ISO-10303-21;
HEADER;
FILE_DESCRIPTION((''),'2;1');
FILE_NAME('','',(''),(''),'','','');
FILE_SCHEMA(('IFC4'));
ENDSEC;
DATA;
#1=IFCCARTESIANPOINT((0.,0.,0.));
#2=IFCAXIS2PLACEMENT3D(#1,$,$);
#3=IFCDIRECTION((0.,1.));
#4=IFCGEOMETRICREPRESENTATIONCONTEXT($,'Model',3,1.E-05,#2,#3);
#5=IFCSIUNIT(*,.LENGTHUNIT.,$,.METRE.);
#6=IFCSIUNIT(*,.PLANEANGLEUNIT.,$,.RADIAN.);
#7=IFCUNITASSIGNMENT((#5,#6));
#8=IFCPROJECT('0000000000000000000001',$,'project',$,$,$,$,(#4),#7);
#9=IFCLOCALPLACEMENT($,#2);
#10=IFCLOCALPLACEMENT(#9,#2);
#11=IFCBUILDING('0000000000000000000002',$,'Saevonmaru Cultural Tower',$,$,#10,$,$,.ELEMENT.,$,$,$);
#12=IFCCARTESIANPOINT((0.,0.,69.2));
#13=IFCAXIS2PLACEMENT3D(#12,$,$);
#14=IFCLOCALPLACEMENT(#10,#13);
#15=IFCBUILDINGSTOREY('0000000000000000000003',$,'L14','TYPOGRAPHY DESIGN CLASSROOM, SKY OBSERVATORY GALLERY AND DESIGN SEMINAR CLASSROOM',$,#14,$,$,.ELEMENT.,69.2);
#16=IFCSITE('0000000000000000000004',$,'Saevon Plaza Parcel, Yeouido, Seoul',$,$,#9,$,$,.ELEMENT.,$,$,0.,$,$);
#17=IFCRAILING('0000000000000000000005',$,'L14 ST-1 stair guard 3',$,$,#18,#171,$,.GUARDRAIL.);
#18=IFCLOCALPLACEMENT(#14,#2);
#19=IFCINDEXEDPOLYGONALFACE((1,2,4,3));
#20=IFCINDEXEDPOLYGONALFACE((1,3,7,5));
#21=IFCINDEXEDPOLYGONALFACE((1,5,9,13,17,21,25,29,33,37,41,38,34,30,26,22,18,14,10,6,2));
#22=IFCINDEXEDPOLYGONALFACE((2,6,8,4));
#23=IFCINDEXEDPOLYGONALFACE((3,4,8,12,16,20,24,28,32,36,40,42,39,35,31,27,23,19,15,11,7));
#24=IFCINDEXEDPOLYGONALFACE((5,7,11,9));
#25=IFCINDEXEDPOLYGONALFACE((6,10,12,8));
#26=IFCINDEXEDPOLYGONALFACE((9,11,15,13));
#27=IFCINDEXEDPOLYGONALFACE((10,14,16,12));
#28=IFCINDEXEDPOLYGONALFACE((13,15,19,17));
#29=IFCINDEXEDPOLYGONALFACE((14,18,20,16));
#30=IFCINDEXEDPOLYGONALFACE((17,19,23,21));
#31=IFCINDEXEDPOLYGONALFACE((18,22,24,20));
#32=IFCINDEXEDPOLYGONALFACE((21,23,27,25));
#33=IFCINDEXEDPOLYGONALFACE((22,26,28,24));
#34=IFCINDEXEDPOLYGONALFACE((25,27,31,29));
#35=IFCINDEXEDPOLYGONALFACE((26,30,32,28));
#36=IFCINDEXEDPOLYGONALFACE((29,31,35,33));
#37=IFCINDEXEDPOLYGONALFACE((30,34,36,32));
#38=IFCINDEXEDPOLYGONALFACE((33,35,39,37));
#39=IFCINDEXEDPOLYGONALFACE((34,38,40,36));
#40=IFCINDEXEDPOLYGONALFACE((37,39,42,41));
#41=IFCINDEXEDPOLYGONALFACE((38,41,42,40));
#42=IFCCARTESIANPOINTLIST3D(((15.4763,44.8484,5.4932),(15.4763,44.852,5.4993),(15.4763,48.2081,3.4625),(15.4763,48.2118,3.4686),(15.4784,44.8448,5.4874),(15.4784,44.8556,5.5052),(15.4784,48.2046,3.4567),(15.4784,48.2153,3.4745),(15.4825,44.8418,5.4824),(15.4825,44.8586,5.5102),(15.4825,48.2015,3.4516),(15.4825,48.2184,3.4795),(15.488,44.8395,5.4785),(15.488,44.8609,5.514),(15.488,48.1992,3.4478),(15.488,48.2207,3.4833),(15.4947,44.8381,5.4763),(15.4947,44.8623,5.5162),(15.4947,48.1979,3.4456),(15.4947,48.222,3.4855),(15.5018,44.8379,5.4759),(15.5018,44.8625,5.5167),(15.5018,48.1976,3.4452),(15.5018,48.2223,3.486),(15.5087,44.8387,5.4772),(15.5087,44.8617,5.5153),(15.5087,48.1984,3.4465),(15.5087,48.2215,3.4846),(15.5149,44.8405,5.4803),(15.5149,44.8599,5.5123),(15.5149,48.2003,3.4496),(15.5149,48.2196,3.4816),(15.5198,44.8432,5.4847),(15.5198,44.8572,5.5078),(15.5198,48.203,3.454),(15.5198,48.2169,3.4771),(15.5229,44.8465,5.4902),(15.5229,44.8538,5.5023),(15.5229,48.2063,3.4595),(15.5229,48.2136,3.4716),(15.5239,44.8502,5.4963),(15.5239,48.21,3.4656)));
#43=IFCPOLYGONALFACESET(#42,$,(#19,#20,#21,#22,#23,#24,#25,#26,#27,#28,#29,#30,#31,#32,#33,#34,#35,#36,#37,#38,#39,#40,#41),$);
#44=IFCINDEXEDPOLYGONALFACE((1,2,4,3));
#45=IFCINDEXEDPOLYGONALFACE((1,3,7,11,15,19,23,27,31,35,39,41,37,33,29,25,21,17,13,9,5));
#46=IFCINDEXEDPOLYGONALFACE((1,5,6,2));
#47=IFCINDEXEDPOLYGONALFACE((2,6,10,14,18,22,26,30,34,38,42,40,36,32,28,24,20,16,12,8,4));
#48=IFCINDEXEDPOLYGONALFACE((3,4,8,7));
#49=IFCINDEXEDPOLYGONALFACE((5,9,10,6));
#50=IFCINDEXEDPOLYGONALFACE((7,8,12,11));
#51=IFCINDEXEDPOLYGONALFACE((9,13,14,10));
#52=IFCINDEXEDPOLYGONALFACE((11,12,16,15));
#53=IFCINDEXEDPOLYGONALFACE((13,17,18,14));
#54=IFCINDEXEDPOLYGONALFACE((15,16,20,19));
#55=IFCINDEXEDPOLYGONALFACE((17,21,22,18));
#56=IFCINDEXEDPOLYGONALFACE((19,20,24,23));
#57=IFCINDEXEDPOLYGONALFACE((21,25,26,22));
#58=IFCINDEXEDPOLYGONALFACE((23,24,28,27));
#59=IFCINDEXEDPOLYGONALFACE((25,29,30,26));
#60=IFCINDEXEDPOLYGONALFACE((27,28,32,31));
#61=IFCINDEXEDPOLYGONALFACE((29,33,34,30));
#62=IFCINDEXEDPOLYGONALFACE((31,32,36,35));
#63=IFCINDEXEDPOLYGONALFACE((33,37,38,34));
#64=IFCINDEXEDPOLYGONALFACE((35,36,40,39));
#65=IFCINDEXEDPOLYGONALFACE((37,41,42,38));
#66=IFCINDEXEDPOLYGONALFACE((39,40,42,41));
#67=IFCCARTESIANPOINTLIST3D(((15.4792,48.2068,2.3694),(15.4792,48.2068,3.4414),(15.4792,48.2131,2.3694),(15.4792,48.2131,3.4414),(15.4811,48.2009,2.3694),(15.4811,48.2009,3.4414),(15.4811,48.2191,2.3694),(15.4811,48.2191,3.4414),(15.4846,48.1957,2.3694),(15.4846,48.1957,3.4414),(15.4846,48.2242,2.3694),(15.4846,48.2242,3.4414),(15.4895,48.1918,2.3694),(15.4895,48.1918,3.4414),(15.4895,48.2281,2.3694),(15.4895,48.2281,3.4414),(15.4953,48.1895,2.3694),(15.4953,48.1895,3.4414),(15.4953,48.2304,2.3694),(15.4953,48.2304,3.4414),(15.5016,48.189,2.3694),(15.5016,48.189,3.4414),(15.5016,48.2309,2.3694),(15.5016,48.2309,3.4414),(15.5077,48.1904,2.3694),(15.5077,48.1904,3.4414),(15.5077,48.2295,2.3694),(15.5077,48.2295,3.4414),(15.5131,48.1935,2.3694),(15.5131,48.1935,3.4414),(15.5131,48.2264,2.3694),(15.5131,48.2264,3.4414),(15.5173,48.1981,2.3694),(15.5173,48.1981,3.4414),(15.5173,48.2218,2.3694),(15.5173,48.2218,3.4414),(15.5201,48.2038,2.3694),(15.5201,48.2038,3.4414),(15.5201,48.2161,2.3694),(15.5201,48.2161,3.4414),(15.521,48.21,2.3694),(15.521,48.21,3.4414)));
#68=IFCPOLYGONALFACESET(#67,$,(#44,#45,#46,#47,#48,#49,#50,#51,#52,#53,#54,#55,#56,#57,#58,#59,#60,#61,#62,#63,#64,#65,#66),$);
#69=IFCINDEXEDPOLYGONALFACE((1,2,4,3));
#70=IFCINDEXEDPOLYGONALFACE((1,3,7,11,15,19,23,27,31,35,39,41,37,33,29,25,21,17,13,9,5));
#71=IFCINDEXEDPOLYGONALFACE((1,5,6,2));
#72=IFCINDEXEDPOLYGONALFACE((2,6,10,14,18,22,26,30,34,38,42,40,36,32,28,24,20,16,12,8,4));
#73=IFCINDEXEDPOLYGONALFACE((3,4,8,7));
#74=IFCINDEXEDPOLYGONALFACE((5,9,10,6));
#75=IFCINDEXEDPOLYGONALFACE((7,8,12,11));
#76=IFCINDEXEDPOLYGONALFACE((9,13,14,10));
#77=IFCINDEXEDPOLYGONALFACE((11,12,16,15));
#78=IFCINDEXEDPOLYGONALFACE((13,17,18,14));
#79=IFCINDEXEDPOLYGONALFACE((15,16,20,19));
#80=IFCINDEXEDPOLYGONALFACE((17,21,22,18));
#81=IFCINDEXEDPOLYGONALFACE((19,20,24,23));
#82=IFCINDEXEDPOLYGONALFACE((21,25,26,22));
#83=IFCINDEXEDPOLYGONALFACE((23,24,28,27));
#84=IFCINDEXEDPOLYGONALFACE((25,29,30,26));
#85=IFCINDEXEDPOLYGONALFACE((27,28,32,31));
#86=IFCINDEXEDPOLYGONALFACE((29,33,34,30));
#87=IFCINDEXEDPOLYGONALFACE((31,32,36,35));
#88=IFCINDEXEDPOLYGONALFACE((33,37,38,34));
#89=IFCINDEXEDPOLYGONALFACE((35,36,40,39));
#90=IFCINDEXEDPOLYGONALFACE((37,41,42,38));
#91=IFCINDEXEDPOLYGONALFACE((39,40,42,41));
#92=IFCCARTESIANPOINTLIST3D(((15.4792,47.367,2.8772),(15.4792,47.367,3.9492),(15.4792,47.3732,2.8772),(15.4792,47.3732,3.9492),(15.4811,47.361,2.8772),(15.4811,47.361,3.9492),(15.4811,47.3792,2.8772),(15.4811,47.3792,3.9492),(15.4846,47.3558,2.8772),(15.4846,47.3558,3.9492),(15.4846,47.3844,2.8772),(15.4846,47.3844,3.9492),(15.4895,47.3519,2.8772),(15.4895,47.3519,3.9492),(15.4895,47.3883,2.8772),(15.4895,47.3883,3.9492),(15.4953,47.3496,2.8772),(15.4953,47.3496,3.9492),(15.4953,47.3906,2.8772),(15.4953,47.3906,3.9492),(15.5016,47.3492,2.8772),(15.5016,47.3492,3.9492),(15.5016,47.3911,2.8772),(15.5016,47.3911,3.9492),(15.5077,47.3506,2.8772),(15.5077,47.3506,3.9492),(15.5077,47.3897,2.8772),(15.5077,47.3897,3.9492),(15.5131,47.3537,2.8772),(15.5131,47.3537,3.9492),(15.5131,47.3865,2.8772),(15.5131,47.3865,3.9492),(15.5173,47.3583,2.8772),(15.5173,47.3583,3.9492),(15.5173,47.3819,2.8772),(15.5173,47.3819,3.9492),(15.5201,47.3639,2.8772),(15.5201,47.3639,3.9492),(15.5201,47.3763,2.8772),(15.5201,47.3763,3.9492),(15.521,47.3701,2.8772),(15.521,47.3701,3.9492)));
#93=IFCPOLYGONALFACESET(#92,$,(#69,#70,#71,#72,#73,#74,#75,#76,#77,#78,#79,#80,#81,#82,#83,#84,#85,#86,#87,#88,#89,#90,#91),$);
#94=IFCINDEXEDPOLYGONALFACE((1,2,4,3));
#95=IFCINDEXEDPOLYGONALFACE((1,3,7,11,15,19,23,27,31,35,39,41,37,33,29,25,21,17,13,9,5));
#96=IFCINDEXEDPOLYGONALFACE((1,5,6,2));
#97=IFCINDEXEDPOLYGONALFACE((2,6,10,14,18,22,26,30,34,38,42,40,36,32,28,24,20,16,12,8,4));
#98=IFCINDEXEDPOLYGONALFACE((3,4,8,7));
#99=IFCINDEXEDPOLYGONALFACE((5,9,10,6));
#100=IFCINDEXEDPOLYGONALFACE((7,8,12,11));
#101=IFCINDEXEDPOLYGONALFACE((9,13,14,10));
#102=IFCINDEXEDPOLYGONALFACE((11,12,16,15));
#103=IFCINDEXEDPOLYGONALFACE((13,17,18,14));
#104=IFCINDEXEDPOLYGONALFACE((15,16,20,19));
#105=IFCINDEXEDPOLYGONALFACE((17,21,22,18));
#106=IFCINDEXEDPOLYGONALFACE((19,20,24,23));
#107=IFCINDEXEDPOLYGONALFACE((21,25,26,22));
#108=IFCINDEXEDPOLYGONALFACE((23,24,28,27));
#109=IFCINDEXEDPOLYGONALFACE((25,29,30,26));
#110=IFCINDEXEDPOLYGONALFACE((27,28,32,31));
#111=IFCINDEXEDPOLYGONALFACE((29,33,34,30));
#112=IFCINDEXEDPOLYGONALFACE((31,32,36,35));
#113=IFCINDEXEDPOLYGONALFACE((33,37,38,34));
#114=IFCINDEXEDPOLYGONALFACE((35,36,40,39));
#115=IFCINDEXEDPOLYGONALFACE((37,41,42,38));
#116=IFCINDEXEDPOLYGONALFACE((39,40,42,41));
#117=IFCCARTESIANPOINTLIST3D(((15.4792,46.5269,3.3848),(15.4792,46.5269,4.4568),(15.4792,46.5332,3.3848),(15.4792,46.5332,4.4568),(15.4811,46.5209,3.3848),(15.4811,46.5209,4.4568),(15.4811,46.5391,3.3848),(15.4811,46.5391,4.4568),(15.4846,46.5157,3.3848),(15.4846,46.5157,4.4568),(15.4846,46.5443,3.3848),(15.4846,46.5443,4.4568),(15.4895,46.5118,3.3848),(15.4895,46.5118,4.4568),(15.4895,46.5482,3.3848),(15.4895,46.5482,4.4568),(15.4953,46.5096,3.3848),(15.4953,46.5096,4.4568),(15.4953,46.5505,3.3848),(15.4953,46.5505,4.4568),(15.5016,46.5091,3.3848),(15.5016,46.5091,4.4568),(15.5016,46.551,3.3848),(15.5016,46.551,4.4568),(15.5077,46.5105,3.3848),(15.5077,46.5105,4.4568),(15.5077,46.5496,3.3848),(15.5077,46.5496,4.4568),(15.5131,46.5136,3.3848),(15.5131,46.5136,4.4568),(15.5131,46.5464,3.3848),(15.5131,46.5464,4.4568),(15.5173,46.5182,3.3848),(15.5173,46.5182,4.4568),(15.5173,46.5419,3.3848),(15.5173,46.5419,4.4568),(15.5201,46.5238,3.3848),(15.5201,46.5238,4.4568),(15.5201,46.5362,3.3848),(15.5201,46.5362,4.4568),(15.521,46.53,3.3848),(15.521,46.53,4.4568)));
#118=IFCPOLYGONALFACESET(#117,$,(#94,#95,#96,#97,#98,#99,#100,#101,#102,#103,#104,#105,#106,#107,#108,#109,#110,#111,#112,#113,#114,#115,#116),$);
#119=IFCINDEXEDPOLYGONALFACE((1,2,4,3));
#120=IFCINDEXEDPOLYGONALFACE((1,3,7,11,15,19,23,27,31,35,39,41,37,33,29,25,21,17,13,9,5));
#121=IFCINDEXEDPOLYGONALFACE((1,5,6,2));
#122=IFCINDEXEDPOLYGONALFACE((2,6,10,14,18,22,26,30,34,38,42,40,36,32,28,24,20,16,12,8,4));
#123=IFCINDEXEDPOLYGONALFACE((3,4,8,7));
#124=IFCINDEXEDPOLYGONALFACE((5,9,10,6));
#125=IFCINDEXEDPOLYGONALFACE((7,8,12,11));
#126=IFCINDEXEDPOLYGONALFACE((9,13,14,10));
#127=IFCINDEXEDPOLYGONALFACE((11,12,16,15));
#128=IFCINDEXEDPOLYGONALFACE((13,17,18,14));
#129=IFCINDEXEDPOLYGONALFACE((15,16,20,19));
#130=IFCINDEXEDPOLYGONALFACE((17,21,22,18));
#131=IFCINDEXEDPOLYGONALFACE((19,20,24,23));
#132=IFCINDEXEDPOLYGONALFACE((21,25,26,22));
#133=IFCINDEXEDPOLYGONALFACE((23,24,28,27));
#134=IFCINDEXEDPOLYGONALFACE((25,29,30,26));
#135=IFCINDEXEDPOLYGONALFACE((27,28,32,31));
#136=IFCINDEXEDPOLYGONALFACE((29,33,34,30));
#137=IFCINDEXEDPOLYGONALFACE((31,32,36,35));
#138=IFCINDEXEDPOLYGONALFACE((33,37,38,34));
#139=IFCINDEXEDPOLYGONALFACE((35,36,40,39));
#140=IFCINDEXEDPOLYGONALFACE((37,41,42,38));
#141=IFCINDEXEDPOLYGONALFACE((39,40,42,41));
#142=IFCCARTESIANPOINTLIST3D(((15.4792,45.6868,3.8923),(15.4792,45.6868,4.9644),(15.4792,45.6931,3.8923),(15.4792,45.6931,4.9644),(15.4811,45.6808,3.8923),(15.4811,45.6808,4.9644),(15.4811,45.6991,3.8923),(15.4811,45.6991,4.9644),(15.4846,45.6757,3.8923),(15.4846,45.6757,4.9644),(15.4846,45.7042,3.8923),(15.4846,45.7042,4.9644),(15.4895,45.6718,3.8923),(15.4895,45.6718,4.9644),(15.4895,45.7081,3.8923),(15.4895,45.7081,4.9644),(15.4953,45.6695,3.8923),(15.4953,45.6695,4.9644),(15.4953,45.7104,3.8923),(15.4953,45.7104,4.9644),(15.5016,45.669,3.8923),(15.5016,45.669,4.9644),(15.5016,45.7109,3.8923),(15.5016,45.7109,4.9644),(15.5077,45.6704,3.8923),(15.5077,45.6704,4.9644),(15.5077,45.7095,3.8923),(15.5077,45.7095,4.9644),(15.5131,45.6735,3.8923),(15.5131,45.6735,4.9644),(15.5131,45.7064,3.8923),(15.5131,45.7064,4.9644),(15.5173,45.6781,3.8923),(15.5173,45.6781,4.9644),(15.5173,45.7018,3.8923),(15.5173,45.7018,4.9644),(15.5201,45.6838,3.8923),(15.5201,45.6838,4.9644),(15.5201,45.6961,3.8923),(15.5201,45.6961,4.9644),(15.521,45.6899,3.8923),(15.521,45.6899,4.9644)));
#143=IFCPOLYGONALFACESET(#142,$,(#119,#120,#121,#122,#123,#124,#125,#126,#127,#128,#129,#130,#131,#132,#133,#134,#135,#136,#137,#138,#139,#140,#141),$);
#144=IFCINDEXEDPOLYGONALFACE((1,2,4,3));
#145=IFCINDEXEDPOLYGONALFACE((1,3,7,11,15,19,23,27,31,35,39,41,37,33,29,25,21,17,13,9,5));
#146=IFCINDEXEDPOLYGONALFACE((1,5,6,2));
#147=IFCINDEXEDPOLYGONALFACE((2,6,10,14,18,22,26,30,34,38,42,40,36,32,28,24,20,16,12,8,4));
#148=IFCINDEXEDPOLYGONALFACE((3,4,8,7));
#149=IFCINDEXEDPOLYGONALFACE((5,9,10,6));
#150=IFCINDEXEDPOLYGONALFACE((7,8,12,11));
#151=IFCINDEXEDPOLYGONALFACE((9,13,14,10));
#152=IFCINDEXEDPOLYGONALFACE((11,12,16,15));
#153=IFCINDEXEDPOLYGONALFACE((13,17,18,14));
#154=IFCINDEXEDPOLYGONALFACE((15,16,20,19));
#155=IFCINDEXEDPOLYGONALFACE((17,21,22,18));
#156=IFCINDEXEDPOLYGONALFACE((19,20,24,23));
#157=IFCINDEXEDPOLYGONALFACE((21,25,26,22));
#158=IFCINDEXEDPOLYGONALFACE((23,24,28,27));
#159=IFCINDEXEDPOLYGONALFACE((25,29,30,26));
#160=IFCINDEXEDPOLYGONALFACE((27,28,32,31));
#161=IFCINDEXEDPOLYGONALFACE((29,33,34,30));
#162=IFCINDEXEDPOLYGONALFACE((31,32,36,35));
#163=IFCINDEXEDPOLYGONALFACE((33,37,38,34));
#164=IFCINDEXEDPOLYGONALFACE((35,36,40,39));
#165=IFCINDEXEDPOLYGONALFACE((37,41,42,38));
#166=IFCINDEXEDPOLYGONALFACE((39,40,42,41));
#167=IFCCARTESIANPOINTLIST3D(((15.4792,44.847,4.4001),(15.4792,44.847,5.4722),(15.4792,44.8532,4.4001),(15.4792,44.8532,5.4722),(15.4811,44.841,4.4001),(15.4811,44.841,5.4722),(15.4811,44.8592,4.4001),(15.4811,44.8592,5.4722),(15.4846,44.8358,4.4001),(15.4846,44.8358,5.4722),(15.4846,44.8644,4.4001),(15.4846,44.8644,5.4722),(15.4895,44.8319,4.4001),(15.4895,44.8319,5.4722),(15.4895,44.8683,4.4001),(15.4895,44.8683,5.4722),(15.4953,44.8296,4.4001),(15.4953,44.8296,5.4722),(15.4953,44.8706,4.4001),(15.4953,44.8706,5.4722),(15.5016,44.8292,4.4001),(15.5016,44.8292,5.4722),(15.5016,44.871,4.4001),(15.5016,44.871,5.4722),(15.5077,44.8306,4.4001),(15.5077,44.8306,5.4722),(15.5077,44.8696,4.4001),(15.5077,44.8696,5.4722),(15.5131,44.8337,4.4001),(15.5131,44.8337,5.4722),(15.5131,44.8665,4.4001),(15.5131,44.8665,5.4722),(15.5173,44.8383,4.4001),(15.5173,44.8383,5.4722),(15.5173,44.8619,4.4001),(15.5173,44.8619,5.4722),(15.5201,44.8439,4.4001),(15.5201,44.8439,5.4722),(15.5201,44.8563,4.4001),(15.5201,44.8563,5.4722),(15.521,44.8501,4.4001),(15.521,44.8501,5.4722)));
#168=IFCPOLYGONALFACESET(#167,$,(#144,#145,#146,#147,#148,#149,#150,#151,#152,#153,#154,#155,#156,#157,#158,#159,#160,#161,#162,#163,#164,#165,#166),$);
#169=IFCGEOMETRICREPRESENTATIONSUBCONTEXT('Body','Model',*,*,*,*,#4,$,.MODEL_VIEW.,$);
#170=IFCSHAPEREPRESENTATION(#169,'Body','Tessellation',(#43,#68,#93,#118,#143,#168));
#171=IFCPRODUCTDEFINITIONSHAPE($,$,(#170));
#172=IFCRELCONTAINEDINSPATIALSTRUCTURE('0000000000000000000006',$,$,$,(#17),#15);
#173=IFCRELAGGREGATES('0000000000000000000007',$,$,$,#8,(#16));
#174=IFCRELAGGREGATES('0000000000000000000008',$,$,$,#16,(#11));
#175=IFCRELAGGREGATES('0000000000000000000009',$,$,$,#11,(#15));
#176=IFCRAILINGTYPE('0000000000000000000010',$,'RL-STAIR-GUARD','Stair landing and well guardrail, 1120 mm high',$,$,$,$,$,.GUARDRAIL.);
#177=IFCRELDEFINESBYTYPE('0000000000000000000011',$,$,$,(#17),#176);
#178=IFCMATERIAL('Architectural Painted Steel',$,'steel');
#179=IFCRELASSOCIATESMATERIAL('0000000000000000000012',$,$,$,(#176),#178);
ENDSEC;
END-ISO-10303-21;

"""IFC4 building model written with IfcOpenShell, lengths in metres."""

from ifc_helpers import new_model, si_unit, direction, frame, origin, origin_2d, place, context, subcontext, project, spatial, circle, extrude, material, type_object, element, save


model = new_model("IFC4")

# Units and contexts
model_context = context("Model", 3, precision=1e-05, world=origin(), true_north=direction((0.0, 1.0)))
body_context = subcontext(model_context, "Body", "Model", "MODEL_VIEW")
ifc_project = project(units=[si_unit("LENGTHUNIT", "METRE"), si_unit("PLANEANGLEUNIT", "RADIAN")], contexts=[model_context])

# Site, building, storey
site_placement = place(None, origin())
site = spatial("IfcSite", under=ifc_project, at=site_placement, Name="Saevon Plaza Parcel, Yeouido, Seoul", CompositionType="ELEMENT", RefElevation=0.0)
building_placement = place(site_placement, origin())
building = spatial("IfcBuilding", under=site, at=building_placement, Name="Saevonmaru Cultural Tower", CompositionType="ELEMENT")
storey_placement = place(building_placement, frame((0.0, 0.0, 69.2)))
storey = spatial("IfcBuildingStorey", under=building, at=storey_placement, Name="L14", Description="TYPOGRAPHY DESIGN CLASSROOM, SKY OBSERVATORY GALLERY AND DESIGN SEMINAR CLASSROOM", CompositionType="ELEMENT", Elevation=69.2)

# Railing
ifc_material_1 = material(Name="Architectural Painted Steel", Category="steel")
railing_type = type_object("IfcRailingType", Name="RL-STAIR-GUARD", Description="Stair landing and well guardrail, 1120 mm high", PredefinedType="GUARDRAIL", material=ifc_material_1)
railing_1_placement = place(storey_placement, frame((15.5, 48.21, 2.3694)))
element("IfcRailing", 1, at=railing_1_placement, inside=storey, type_object=railing_type, Name="L14 ST-1 stair guard 3", PredefinedType="GUARDRAIL", context=body_context, shape_type="SweptSolid", body=[
    extrude(circle(Radius=0.0239, at=origin_2d()), frame((0.0, 0.0, 1.0962), z_axis=(0.0, -0.85582, 0.517273), x_axis=(1.0, 0.0, 0.0)), (0.0, 0.0, 1.0), 3.9258),
    extrude(circle(Radius=0.021, at=origin_2d()), origin(), (0.0, 0.0, 1.0), 1.072),
    extrude(circle(Radius=0.021, at=origin_2d()), frame((0.0, -0.8398, 0.5078)), (0.0, 0.0, 1.0), 1.072),
    extrude(circle(Radius=0.021, at=origin_2d()), frame((0.0, -1.6799, 1.0154)), (0.0, 0.0, 1.0), 1.072),
    extrude(circle(Radius=0.021, at=origin_2d()), frame((0.0, -2.52, 1.5229)), (0.0, 0.0, 1.0), 1.072),
    extrude(circle(Radius=0.021, at=origin_2d()), frame((0.0, -3.3599, 2.0308)), (0.0, 0.0, 1.0), 1.072),
])

save(model, "model.ifc")
